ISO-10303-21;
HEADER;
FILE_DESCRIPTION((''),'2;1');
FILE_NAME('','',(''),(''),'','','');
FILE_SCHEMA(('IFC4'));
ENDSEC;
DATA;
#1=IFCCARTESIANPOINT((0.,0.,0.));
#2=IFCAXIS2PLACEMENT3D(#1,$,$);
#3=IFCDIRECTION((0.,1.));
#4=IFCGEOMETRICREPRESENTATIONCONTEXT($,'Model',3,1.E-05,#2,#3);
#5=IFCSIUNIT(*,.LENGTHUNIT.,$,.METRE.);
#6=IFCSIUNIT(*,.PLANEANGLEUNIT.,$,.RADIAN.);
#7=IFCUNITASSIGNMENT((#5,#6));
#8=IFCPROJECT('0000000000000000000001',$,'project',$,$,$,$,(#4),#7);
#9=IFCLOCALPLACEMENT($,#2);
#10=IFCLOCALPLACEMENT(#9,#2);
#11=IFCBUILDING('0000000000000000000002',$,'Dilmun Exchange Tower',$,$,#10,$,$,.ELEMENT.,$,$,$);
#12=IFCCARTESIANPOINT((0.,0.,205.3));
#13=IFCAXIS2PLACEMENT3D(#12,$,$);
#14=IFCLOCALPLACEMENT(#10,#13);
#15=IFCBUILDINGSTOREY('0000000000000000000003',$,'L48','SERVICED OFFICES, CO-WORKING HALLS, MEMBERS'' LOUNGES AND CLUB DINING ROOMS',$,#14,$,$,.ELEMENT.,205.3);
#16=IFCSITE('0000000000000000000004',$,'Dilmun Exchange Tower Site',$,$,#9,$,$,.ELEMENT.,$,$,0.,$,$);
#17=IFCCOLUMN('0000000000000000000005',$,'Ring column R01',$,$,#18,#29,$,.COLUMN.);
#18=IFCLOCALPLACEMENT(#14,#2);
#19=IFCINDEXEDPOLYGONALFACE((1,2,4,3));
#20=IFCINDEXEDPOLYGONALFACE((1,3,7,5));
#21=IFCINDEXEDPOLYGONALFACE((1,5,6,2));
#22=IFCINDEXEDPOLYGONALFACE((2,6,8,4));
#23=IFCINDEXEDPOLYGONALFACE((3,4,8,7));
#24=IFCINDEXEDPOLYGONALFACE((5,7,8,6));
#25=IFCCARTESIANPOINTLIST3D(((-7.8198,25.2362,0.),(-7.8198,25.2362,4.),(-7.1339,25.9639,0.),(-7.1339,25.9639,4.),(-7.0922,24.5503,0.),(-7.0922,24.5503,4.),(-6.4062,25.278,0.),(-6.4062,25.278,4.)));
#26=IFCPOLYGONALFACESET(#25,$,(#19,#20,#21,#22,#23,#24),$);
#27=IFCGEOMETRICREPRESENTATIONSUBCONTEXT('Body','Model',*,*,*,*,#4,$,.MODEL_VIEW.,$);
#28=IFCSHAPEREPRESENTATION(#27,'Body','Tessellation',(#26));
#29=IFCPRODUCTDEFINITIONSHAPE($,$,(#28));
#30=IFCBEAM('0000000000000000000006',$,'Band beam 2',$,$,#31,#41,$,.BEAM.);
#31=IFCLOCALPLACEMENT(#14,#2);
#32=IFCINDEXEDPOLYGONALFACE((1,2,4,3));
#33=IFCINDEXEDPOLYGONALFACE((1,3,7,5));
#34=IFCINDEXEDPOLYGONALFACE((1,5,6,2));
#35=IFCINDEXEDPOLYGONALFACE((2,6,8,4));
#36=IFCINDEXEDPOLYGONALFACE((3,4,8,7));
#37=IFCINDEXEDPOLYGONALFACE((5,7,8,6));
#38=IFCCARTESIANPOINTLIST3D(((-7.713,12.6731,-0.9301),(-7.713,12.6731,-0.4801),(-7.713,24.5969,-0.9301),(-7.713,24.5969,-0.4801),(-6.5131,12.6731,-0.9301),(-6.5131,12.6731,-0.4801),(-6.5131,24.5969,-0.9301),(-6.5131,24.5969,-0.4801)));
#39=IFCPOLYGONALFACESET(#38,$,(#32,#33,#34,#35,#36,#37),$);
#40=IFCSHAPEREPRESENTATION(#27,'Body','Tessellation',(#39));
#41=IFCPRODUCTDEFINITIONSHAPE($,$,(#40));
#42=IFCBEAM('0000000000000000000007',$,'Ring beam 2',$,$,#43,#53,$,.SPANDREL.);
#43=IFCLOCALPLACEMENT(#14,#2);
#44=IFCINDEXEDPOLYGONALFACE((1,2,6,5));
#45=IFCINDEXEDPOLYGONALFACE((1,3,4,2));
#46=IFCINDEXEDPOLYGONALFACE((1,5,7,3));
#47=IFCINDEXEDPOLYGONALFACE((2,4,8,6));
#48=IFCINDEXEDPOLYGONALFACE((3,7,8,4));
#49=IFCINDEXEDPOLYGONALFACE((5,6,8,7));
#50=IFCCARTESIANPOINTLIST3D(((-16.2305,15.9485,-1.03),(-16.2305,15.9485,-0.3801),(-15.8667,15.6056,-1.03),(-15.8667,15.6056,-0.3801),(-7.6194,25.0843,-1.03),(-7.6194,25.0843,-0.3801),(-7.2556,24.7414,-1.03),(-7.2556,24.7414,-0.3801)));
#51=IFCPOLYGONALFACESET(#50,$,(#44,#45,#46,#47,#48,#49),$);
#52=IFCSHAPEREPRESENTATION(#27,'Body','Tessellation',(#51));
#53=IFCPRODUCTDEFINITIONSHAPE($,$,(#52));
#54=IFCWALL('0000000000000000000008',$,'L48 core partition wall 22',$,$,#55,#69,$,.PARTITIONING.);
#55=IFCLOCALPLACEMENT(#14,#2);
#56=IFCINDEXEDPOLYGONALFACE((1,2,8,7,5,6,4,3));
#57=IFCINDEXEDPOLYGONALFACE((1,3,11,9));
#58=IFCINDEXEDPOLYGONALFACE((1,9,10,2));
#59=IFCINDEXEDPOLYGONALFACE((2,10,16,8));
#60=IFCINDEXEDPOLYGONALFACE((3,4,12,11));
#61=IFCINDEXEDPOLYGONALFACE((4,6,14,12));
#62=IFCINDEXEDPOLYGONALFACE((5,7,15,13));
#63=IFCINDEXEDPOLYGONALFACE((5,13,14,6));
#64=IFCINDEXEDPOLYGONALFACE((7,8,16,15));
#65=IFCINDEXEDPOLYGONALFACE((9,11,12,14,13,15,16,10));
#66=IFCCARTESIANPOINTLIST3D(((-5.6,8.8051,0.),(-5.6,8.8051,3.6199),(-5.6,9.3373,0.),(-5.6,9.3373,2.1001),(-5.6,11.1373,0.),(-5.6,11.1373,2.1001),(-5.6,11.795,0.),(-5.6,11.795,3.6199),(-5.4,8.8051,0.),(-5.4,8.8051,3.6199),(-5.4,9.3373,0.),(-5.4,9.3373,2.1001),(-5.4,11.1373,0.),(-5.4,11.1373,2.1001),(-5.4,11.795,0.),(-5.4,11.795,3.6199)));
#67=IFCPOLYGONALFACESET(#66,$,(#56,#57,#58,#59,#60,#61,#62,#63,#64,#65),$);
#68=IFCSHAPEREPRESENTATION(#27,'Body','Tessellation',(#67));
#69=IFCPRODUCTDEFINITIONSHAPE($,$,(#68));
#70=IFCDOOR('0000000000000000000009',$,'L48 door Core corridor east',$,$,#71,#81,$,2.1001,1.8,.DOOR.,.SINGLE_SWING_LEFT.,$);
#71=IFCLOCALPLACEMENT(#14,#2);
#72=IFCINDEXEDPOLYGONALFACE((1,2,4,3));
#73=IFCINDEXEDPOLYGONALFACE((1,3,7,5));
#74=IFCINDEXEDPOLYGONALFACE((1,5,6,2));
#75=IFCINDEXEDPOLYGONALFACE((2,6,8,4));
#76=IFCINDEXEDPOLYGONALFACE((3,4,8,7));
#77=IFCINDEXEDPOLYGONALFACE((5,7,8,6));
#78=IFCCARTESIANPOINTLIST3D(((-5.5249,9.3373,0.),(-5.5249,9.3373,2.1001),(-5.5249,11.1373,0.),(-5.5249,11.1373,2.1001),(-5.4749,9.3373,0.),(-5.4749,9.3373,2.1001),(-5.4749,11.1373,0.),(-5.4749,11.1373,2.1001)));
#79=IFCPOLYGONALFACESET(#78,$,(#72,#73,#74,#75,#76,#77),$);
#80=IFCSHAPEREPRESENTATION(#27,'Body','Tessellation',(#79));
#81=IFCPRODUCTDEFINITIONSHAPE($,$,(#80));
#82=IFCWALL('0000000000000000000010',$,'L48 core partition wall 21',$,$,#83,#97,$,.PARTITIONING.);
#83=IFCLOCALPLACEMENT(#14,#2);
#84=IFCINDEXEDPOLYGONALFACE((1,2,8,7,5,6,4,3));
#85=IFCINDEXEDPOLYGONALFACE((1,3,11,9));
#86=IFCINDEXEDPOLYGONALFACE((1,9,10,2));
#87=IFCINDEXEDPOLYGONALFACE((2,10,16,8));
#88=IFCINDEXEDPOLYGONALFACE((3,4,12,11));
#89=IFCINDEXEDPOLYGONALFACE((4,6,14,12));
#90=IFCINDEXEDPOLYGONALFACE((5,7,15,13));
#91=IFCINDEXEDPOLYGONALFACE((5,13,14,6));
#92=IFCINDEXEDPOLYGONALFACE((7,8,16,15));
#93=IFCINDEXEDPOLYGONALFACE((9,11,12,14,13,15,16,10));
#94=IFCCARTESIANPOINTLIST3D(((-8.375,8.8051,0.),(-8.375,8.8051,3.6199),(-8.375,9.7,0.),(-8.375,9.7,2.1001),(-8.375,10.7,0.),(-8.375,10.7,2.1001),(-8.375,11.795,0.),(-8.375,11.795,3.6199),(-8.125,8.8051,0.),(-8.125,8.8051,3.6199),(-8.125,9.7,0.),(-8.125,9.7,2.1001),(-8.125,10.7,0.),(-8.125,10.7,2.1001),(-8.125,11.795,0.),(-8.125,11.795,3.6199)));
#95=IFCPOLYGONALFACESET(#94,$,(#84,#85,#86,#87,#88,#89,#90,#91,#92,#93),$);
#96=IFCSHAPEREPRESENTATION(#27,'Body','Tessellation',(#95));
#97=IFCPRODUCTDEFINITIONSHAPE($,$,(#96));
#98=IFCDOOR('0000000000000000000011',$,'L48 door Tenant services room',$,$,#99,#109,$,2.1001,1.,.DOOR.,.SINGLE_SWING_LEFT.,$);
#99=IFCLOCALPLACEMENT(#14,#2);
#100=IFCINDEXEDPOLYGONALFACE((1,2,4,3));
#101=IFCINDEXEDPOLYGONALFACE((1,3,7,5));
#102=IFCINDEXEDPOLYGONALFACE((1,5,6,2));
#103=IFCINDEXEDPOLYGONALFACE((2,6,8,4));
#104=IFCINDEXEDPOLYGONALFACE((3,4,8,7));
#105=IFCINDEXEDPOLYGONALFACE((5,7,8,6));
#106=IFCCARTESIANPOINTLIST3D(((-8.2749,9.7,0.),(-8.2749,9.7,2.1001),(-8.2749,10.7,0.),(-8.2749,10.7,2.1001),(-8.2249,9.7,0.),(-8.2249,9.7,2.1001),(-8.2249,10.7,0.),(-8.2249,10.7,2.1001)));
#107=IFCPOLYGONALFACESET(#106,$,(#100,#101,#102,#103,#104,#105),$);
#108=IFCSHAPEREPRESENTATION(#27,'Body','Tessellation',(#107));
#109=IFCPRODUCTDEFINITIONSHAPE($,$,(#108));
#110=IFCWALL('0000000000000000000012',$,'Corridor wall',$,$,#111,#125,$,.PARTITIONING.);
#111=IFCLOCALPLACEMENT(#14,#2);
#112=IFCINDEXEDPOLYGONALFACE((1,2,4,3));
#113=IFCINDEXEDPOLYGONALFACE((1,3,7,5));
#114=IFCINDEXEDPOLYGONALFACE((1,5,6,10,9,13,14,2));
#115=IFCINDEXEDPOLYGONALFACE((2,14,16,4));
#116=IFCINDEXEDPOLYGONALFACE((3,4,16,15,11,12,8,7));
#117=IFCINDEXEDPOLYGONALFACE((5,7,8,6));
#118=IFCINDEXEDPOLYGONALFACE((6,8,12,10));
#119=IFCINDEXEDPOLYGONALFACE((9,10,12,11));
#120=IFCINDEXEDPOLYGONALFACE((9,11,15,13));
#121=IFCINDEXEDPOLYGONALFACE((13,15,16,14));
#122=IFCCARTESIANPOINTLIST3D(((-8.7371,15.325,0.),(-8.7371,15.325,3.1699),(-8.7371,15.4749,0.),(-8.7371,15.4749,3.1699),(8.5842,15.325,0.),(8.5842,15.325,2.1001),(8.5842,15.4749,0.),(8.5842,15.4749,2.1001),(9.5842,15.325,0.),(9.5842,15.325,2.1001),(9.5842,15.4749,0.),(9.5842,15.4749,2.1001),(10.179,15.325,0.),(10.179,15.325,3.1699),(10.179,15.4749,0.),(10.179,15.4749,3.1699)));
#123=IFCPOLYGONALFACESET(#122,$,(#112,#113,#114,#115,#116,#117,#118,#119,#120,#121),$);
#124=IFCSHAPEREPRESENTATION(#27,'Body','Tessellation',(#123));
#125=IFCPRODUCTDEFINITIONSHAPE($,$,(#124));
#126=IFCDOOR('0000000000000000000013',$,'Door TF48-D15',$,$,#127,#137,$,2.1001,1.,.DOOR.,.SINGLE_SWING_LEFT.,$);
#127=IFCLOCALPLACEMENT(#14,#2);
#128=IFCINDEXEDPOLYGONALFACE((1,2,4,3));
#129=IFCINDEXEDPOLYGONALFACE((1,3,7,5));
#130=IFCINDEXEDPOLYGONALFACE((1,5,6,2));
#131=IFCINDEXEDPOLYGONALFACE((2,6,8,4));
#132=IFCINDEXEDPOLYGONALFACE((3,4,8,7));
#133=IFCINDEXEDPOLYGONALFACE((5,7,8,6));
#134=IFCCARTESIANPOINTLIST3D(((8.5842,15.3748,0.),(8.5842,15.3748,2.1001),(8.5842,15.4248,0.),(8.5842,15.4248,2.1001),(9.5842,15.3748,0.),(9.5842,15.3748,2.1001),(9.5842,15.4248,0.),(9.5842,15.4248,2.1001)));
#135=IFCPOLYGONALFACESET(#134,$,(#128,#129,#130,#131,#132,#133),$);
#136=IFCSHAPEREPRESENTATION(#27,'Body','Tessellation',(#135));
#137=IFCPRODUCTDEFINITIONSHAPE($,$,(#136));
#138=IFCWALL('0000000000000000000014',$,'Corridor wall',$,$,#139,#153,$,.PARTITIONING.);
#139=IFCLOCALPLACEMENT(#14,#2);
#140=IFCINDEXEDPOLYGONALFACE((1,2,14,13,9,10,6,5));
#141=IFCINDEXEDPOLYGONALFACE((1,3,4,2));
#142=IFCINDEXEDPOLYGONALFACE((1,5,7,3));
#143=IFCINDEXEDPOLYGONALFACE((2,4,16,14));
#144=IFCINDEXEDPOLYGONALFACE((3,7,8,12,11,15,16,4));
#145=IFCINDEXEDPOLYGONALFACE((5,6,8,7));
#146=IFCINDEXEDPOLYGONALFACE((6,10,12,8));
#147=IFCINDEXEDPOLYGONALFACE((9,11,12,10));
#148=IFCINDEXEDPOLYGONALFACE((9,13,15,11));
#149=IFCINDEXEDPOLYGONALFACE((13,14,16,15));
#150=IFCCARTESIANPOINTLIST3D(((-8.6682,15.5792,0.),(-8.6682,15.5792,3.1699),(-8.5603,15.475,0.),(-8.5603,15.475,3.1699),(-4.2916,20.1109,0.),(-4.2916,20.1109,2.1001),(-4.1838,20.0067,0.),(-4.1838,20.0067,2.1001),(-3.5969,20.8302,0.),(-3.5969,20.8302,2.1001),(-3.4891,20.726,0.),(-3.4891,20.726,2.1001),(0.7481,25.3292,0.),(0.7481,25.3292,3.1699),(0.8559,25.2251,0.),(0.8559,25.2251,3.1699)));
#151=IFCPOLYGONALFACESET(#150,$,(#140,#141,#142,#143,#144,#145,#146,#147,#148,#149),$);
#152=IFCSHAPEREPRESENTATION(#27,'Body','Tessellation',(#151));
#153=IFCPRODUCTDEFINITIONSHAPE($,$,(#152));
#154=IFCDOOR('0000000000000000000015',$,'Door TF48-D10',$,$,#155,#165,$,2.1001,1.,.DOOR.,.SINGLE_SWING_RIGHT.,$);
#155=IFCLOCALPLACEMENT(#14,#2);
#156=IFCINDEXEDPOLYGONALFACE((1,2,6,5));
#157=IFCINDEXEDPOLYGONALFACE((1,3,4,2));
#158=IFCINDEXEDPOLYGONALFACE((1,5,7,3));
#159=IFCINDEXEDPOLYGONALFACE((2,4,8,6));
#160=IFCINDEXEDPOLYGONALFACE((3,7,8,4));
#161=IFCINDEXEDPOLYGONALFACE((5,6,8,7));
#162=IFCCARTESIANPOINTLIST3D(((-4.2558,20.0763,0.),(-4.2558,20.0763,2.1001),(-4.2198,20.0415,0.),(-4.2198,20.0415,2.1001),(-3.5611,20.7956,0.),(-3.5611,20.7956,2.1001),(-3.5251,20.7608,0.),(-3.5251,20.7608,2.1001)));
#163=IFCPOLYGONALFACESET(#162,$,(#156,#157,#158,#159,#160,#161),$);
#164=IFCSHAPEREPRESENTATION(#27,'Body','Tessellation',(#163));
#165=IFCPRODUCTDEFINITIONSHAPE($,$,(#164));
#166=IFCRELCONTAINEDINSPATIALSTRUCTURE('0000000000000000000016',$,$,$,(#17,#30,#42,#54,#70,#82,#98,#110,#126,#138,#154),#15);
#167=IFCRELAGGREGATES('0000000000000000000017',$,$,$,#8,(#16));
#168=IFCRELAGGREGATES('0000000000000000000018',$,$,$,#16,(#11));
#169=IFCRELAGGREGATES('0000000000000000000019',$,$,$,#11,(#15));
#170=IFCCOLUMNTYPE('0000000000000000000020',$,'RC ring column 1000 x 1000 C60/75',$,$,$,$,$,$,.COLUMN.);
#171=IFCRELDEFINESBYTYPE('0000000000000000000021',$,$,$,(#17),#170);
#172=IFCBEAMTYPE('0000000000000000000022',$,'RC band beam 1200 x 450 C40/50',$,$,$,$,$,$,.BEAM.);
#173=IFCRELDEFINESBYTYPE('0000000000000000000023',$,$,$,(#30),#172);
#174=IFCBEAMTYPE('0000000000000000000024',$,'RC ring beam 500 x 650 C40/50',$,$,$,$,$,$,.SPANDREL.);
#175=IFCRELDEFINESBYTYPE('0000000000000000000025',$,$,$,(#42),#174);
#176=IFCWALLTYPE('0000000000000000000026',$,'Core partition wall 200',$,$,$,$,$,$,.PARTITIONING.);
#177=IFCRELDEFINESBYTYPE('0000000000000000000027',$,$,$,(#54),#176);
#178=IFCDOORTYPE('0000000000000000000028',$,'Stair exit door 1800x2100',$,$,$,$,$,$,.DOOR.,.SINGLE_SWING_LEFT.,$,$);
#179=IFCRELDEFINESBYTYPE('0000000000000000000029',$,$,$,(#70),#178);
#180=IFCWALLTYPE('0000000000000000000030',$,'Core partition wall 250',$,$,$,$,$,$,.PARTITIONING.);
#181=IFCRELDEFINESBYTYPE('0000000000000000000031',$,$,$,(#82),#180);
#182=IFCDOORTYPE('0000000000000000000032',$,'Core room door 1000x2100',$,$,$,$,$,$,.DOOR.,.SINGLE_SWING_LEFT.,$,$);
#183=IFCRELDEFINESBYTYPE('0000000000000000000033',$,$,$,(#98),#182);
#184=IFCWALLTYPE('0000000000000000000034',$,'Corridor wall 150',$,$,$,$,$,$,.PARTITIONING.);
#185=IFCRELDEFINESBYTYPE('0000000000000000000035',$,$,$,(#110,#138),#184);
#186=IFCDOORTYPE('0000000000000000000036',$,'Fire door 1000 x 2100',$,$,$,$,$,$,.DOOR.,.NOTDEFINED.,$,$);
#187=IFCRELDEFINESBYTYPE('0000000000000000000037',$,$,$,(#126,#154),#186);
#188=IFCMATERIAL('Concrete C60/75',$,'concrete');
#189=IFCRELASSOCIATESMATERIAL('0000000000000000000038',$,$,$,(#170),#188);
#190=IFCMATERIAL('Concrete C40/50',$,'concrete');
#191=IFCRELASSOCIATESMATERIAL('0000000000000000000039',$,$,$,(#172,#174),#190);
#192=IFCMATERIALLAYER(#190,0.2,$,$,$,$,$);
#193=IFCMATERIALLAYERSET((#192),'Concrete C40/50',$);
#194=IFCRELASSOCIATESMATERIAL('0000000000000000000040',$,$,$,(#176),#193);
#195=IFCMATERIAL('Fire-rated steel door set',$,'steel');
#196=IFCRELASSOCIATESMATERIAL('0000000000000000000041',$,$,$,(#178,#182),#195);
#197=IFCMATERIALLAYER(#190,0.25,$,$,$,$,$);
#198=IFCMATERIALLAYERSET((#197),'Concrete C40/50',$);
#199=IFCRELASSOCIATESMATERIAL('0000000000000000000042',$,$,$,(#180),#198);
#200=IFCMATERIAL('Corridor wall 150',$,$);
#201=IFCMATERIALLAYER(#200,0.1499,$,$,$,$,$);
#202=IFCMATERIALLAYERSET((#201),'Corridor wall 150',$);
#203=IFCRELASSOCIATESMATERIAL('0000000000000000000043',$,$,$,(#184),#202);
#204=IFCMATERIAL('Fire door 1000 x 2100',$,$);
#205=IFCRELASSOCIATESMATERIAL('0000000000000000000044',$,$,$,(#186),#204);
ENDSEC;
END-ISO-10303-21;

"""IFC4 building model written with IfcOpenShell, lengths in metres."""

from ifc_helpers import new_model, si_unit, direction, frame, frame_2d, origin, origin_2d, place, context, subcontext, project, spatial, rectangle, extrude, material, layer, layer_set, material_profile, profile_set, type_object, element, fill, save


model = new_model("IFC4")

# Units and contexts
model_context = context("Model", 3, precision=1e-05, world=origin(), true_north=direction((0.0, 1.0)))
body_context = subcontext(model_context, "Body", "Model", "MODEL_VIEW")
ifc_project = project(units=[si_unit("LENGTHUNIT", "METRE"), si_unit("PLANEANGLEUNIT", "RADIAN")], contexts=[model_context])

# Site, building, storey
site_placement = place(None, origin())
site = spatial("IfcSite", under=ifc_project, at=site_placement, Name="Dilmun Exchange Tower Site", CompositionType="ELEMENT", RefElevation=0.0)
building_placement = place(site_placement, origin())
building = spatial("IfcBuilding", under=site, at=building_placement, Name="Dilmun Exchange Tower", CompositionType="ELEMENT")
storey_placement = place(building_placement, frame((0.0, 0.0, 205.3)))
storey = spatial("IfcBuildingStorey", under=building, at=storey_placement, Name="L48", Description="SERVICED OFFICES, CO-WORKING HALLS, MEMBERS' LOUNGES AND CLUB DINING ROOMS", CompositionType="ELEMENT", Elevation=205.3)

# Column
ifc_material_1 = material(Name="Concrete C60/75", Category="concrete")
ifc_material_profile_1 = material_profile(ifc_material_1, rectangle(XDim=1.0, YDim=1.0, at=origin_2d()), Name="1000 x 1000")
ifc_profile_set_1 = profile_set([ifc_material_profile_1], Name="Concrete C60/75")
column_type = type_object("IfcColumnType", Name="RC ring column 1000 x 1000 C60/75", PredefinedType="COLUMN", material=ifc_profile_set_1)
column_placement = place(storey_placement, frame((-7.113, 25.2571, 0.0), z_axis=(0.0, 0.0, 1.0), x_axis=(0.685916, 0.727681, 0.0)))
element("IfcColumn", 1, at=column_placement, inside=storey, type_object=column_type, Name="Ring column R01", PredefinedType="COLUMN", context=body_context, shape_type="SweptSolid", body=[
    extrude(rectangle(XDim=1.0, YDim=1.0, at=origin_2d()), origin(), (0.0, 0.0, 1.0), 4.0),
])

# Beams
ifc_material_2 = material(Name="Concrete C40/50", Category="concrete")
ifc_material_profile_2 = material_profile(ifc_material_2, rectangle(XDim=1.2, YDim=0.45, at=origin_2d()), Name="1200 x 450")
ifc_profile_set_2 = profile_set([ifc_material_profile_2], Name="Concrete C40/50")
beam_type_1 = type_object("IfcBeamType", Name="RC band beam 1200 x 450 C40/50", PredefinedType="BEAM", material=ifc_profile_set_2)
beam_1_placement = place(storey_placement, frame((-7.113, 24.5969, -0.7051), z_axis=(0.0, -1.0, 0.0), x_axis=(1.0, 0.0, 0.0)))
element("IfcBeam", 2, at=beam_1_placement, inside=storey, type_object=beam_type_1, Name="Band beam 2", PredefinedType="BEAM", context=body_context, shape_type="SweptSolid", body=[
    extrude(rectangle(XDim=1.2, YDim=0.45, at=origin_2d()), origin(), (0.0, 0.0, 1.0), 11.9238),
])
ifc_material_profile_3 = material_profile(ifc_material_2, rectangle(XDim=0.5, YDim=0.6499, at=origin_2d()), Name="500 x 650")
ifc_profile_set_3 = profile_set([ifc_material_profile_3], Name="Concrete C40/50")
beam_type_2 = type_object("IfcBeamType", Name="RC ring beam 500 x 650 C40/50", PredefinedType="SPANDREL", material=ifc_profile_set_3)
beam_2_placement = place(storey_placement, frame((-7.4375, 24.9128, -0.7051), z_axis=(-0.685903, -0.727693, 0.0), x_axis=(0.727693, -0.685903, 0.0)))
element("IfcBeam", 3, at=beam_2_placement, inside=storey, type_object=beam_type_2, Name="Ring beam 2", PredefinedType="SPANDREL", context=body_context, shape_type="SweptSolid", body=[
    extrude(rectangle(XDim=0.5, YDim=0.6499, at=origin_2d()), origin(), (0.0, 0.0, 1.0), 12.5544),
])

# Walls, openings, doors
ifc_layer_1 = layer(ifc_material_2, 0.2)
ifc_layer_set_1 = layer_set([ifc_layer_1], Name="Concrete C40/50")
wall_type_1 = type_object("IfcWallType", Name="Core partition wall 200", PredefinedType="PARTITIONING", material=ifc_layer_set_1)
wall_1_placement = place(storey_placement, frame((-5.5, 8.8049, 0.0), z_axis=(0.0, 0.0, 1.0), x_axis=(0.0, 1.0, 0.0)))
wall_1 = element("IfcWall", 4, at=wall_1_placement, inside=storey, type_object=wall_type_1, Name="L48 core partition wall 22", PredefinedType="PARTITIONING", context=body_context, shape_type="SweptSolid", body=[
    extrude(rectangle(XDim=2.99, YDim=0.2, at=frame_2d((1.4951, 0.0))), origin(), (0.0, 0.0, 1.0), 3.6199),
])
opening_1_placement = place(wall_1_placement, frame((0.5325, 0.0, 0.0)))
opening_1 = element("IfcOpeningElement", 5, at=opening_1_placement, cuts=wall_1, PredefinedType="OPENING", context=body_context, shape_type="SweptSolid", body=[
    extrude(rectangle(XDim=1.8, YDim=2.1001, at=frame_2d((0.8999, 1.05))), frame((0.0, 0.1099, 0.0), z_axis=(0.0, -1.0, 0.0), x_axis=(1.0, 0.0, 0.0)), (0.0, 0.0, 1.0), 0.22),
])
ifc_material_3 = material(Name="Fire-rated steel door set", Category="steel")
door_type_1 = type_object("IfcDoorType", Name="Stair exit door 1800x2100", OperationType="SINGLE_SWING_LEFT", PredefinedType="DOOR", material=ifc_material_3)
door_1_placement = place(opening_1_placement, origin())
door_1 = element("IfcDoor", 6, at=door_1_placement, inside=storey, type_object=door_type_1, Name="L48 door Core corridor east", OperationType="SINGLE_SWING_LEFT", OverallHeight=2.1001, OverallWidth=1.8, PredefinedType="DOOR", context=body_context, shape_type="SweptSolid", body=[
    extrude(rectangle(XDim=1.8, YDim=2.1001, at=frame_2d((0.8999, 1.05))), frame((0.0, 0.0249, 0.0), z_axis=(0.0, -1.0, 0.0), x_axis=(1.0, 0.0, 0.0)), (0.0, 0.0, 1.0), 0.05),
])
fill(opening_1, door_1)
ifc_layer_2 = layer(ifc_material_2, 0.25)
ifc_layer_set_2 = layer_set([ifc_layer_2], Name="Concrete C40/50")
wall_type_2 = type_object("IfcWallType", Name="Core partition wall 250", PredefinedType="PARTITIONING", material=ifc_layer_set_2)
wall_2_placement = place(storey_placement, frame((-8.25, 8.8049, 0.0), z_axis=(0.0, 0.0, 1.0), x_axis=(0.0, 1.0, 0.0)))
wall_2 = element("IfcWall", 7, at=wall_2_placement, inside=storey, type_object=wall_type_2, Name="L48 core partition wall 21", PredefinedType="PARTITIONING", context=body_context, shape_type="SweptSolid", body=[
    extrude(rectangle(XDim=2.99, YDim=0.25, at=frame_2d((1.4951, 0.0))), origin(), (0.0, 0.0, 1.0), 3.6199),
])
opening_2_placement = place(wall_2_placement, frame((0.895, 0.0, 0.0)))
opening_2 = element("IfcOpeningElement", 8, at=opening_2_placement, cuts=wall_2, PredefinedType="OPENING", context=body_context, shape_type="SweptSolid", body=[
    extrude(rectangle(XDim=1.0, YDim=2.1001, at=frame_2d((0.5, 1.05))), frame((0.0, 0.135, 0.0), z_axis=(0.0, -1.0, 0.0), x_axis=(1.0, 0.0, 0.0)), (0.0, 0.0, 1.0), 0.27),
])
door_type_2 = type_object("IfcDoorType", Name="Core room door 1000x2100", OperationType="SINGLE_SWING_LEFT", PredefinedType="DOOR", material=ifc_material_3)
door_2_placement = place(opening_2_placement, origin())
door_2 = element("IfcDoor", 9, at=door_2_placement, inside=storey, type_object=door_type_2, Name="L48 door Tenant services room", OperationType="SINGLE_SWING_LEFT", OverallHeight=2.1001, OverallWidth=1.0, PredefinedType="DOOR", context=body_context, shape_type="SweptSolid", body=[
    extrude(rectangle(XDim=1.0, YDim=2.1001, at=frame_2d((0.5, 1.05))), frame((0.0, 0.0249, 0.0), z_axis=(0.0, -1.0, 0.0), x_axis=(1.0, 0.0, 0.0)), (0.0, 0.0, 1.0), 0.05),
])
fill(opening_2, door_2)
ifc_material_4 = material(Name="Corridor wall 150")
ifc_layer_3 = layer(ifc_material_4, 0.1499)
ifc_layer_set_3 = layer_set([ifc_layer_3], Name="Corridor wall 150")
wall_type_3 = type_object("IfcWallType", Name="Corridor wall 150", PredefinedType="PARTITIONING", material=ifc_layer_set_3)
wall_3_placement = place(storey_placement, frame((-8.7371, 15.3999, 0.0), z_axis=(0.0, 0.0, 1.0), x_axis=(1.0, 0.0, 0.0)))
wall_3 = element("IfcWall", 10, at=wall_3_placement, inside=storey, type_object=wall_type_3, Name="Corridor wall", PredefinedType="PARTITIONING", context=body_context, shape_type="SweptSolid", body=[
    extrude(rectangle(XDim=18.916, YDim=0.1499, at=frame_2d((9.458, 0.0))), origin(), (0.0, 0.0, 1.0), 3.1699),
])
opening_3_placement = place(wall_3_placement, frame((17.3213, 0.0, 0.0)))
opening_3 = element("IfcOpeningElement", 11, at=opening_3_placement, cuts=wall_3, PredefinedType="OPENING", context=body_context, shape_type="SweptSolid", body=[
    extrude(rectangle(XDim=1.0, YDim=2.1001, at=frame_2d((0.5, 1.05))), frame((0.0, 0.085, 0.0), z_axis=(0.0, -1.0, 0.0), x_axis=(1.0, 0.0, 0.0)), (0.0, 0.0, 1.0), 0.1699),
])
ifc_material_5 = material(Name="Fire door 1000 x 2100")
door_type_3 = type_object("IfcDoorType", Name="Fire door 1000 x 2100", OperationType="NOTDEFINED", PredefinedType="DOOR", material=ifc_material_5)
door_3_placement = place(opening_3_placement, origin())
door_3 = element("IfcDoor", 12, at=door_3_placement, inside=storey, type_object=door_type_3, Name="Door TF48-D15", OperationType="SINGLE_SWING_LEFT", OverallHeight=2.1001, OverallWidth=1.0, PredefinedType="DOOR", context=body_context, shape_type="SweptSolid", body=[
    extrude(rectangle(XDim=1.0, YDim=2.1001, at=frame_2d((0.5, 1.05))), frame((0.0, 0.0249, 0.0), z_axis=(0.0, -1.0, 0.0), x_axis=(1.0, 0.0, 0.0)), (0.0, 0.0, 1.0), 0.05),
])
fill(opening_3, door_3)
wall_4_placement = place(storey_placement, frame((-8.6143, 15.5271, 0.0), z_axis=(0.0, 0.0, 1.0), x_axis=(0.694689, 0.719311, 0.0)))
wall_4 = element("IfcWall", 13, at=wall_4_placement, inside=storey, type_object=wall_type_3, Name="Corridor wall", PredefinedType="PARTITIONING", context=body_context, shape_type="SweptSolid", body=[
    extrude(rectangle(XDim=13.5547, YDim=0.1499, at=frame_2d((6.7773, 0.0))), origin(), (0.0, 0.0, 1.0), 3.1699),
])
opening_4_placement = place(wall_4_placement, frame((6.3, 0.0, 0.0)))
opening_4 = element("IfcOpeningElement", 14, at=opening_4_placement, cuts=wall_4, PredefinedType="OPENING", context=body_context, shape_type="SweptSolid", body=[
    extrude(rectangle(XDim=1.0, YDim=2.1001, at=frame_2d((0.5, 1.05))), frame((0.0, 0.085, 0.0), z_axis=(0.0, -1.0, 0.0), x_axis=(1.0, 0.0, 0.0)), (0.0, 0.0, 1.0), 0.1699),
])
door_4_placement = place(opening_4_placement, frame((1.0, 0.0, 0.0), z_axis=(0.0, 0.0, 1.0), x_axis=(-1.0, 0.0, 0.0)))
door_4 = element("IfcDoor", 15, at=door_4_placement, inside=storey, type_object=door_type_3, Name="Door TF48-D10", OperationType="SINGLE_SWING_RIGHT", OverallHeight=2.1001, OverallWidth=1.0, PredefinedType="DOOR", context=body_context, shape_type="SweptSolid", body=[
    extrude(rectangle(XDim=1.0, YDim=2.1001, at=frame_2d((0.5, 1.05))), frame((0.0, 0.0249, 0.0), z_axis=(0.0, -1.0, 0.0), x_axis=(1.0, 0.0, 0.0)), (0.0, 0.0, 1.0), 0.05),
])
fill(opening_4, door_4)

save(model, "model.ifc")
